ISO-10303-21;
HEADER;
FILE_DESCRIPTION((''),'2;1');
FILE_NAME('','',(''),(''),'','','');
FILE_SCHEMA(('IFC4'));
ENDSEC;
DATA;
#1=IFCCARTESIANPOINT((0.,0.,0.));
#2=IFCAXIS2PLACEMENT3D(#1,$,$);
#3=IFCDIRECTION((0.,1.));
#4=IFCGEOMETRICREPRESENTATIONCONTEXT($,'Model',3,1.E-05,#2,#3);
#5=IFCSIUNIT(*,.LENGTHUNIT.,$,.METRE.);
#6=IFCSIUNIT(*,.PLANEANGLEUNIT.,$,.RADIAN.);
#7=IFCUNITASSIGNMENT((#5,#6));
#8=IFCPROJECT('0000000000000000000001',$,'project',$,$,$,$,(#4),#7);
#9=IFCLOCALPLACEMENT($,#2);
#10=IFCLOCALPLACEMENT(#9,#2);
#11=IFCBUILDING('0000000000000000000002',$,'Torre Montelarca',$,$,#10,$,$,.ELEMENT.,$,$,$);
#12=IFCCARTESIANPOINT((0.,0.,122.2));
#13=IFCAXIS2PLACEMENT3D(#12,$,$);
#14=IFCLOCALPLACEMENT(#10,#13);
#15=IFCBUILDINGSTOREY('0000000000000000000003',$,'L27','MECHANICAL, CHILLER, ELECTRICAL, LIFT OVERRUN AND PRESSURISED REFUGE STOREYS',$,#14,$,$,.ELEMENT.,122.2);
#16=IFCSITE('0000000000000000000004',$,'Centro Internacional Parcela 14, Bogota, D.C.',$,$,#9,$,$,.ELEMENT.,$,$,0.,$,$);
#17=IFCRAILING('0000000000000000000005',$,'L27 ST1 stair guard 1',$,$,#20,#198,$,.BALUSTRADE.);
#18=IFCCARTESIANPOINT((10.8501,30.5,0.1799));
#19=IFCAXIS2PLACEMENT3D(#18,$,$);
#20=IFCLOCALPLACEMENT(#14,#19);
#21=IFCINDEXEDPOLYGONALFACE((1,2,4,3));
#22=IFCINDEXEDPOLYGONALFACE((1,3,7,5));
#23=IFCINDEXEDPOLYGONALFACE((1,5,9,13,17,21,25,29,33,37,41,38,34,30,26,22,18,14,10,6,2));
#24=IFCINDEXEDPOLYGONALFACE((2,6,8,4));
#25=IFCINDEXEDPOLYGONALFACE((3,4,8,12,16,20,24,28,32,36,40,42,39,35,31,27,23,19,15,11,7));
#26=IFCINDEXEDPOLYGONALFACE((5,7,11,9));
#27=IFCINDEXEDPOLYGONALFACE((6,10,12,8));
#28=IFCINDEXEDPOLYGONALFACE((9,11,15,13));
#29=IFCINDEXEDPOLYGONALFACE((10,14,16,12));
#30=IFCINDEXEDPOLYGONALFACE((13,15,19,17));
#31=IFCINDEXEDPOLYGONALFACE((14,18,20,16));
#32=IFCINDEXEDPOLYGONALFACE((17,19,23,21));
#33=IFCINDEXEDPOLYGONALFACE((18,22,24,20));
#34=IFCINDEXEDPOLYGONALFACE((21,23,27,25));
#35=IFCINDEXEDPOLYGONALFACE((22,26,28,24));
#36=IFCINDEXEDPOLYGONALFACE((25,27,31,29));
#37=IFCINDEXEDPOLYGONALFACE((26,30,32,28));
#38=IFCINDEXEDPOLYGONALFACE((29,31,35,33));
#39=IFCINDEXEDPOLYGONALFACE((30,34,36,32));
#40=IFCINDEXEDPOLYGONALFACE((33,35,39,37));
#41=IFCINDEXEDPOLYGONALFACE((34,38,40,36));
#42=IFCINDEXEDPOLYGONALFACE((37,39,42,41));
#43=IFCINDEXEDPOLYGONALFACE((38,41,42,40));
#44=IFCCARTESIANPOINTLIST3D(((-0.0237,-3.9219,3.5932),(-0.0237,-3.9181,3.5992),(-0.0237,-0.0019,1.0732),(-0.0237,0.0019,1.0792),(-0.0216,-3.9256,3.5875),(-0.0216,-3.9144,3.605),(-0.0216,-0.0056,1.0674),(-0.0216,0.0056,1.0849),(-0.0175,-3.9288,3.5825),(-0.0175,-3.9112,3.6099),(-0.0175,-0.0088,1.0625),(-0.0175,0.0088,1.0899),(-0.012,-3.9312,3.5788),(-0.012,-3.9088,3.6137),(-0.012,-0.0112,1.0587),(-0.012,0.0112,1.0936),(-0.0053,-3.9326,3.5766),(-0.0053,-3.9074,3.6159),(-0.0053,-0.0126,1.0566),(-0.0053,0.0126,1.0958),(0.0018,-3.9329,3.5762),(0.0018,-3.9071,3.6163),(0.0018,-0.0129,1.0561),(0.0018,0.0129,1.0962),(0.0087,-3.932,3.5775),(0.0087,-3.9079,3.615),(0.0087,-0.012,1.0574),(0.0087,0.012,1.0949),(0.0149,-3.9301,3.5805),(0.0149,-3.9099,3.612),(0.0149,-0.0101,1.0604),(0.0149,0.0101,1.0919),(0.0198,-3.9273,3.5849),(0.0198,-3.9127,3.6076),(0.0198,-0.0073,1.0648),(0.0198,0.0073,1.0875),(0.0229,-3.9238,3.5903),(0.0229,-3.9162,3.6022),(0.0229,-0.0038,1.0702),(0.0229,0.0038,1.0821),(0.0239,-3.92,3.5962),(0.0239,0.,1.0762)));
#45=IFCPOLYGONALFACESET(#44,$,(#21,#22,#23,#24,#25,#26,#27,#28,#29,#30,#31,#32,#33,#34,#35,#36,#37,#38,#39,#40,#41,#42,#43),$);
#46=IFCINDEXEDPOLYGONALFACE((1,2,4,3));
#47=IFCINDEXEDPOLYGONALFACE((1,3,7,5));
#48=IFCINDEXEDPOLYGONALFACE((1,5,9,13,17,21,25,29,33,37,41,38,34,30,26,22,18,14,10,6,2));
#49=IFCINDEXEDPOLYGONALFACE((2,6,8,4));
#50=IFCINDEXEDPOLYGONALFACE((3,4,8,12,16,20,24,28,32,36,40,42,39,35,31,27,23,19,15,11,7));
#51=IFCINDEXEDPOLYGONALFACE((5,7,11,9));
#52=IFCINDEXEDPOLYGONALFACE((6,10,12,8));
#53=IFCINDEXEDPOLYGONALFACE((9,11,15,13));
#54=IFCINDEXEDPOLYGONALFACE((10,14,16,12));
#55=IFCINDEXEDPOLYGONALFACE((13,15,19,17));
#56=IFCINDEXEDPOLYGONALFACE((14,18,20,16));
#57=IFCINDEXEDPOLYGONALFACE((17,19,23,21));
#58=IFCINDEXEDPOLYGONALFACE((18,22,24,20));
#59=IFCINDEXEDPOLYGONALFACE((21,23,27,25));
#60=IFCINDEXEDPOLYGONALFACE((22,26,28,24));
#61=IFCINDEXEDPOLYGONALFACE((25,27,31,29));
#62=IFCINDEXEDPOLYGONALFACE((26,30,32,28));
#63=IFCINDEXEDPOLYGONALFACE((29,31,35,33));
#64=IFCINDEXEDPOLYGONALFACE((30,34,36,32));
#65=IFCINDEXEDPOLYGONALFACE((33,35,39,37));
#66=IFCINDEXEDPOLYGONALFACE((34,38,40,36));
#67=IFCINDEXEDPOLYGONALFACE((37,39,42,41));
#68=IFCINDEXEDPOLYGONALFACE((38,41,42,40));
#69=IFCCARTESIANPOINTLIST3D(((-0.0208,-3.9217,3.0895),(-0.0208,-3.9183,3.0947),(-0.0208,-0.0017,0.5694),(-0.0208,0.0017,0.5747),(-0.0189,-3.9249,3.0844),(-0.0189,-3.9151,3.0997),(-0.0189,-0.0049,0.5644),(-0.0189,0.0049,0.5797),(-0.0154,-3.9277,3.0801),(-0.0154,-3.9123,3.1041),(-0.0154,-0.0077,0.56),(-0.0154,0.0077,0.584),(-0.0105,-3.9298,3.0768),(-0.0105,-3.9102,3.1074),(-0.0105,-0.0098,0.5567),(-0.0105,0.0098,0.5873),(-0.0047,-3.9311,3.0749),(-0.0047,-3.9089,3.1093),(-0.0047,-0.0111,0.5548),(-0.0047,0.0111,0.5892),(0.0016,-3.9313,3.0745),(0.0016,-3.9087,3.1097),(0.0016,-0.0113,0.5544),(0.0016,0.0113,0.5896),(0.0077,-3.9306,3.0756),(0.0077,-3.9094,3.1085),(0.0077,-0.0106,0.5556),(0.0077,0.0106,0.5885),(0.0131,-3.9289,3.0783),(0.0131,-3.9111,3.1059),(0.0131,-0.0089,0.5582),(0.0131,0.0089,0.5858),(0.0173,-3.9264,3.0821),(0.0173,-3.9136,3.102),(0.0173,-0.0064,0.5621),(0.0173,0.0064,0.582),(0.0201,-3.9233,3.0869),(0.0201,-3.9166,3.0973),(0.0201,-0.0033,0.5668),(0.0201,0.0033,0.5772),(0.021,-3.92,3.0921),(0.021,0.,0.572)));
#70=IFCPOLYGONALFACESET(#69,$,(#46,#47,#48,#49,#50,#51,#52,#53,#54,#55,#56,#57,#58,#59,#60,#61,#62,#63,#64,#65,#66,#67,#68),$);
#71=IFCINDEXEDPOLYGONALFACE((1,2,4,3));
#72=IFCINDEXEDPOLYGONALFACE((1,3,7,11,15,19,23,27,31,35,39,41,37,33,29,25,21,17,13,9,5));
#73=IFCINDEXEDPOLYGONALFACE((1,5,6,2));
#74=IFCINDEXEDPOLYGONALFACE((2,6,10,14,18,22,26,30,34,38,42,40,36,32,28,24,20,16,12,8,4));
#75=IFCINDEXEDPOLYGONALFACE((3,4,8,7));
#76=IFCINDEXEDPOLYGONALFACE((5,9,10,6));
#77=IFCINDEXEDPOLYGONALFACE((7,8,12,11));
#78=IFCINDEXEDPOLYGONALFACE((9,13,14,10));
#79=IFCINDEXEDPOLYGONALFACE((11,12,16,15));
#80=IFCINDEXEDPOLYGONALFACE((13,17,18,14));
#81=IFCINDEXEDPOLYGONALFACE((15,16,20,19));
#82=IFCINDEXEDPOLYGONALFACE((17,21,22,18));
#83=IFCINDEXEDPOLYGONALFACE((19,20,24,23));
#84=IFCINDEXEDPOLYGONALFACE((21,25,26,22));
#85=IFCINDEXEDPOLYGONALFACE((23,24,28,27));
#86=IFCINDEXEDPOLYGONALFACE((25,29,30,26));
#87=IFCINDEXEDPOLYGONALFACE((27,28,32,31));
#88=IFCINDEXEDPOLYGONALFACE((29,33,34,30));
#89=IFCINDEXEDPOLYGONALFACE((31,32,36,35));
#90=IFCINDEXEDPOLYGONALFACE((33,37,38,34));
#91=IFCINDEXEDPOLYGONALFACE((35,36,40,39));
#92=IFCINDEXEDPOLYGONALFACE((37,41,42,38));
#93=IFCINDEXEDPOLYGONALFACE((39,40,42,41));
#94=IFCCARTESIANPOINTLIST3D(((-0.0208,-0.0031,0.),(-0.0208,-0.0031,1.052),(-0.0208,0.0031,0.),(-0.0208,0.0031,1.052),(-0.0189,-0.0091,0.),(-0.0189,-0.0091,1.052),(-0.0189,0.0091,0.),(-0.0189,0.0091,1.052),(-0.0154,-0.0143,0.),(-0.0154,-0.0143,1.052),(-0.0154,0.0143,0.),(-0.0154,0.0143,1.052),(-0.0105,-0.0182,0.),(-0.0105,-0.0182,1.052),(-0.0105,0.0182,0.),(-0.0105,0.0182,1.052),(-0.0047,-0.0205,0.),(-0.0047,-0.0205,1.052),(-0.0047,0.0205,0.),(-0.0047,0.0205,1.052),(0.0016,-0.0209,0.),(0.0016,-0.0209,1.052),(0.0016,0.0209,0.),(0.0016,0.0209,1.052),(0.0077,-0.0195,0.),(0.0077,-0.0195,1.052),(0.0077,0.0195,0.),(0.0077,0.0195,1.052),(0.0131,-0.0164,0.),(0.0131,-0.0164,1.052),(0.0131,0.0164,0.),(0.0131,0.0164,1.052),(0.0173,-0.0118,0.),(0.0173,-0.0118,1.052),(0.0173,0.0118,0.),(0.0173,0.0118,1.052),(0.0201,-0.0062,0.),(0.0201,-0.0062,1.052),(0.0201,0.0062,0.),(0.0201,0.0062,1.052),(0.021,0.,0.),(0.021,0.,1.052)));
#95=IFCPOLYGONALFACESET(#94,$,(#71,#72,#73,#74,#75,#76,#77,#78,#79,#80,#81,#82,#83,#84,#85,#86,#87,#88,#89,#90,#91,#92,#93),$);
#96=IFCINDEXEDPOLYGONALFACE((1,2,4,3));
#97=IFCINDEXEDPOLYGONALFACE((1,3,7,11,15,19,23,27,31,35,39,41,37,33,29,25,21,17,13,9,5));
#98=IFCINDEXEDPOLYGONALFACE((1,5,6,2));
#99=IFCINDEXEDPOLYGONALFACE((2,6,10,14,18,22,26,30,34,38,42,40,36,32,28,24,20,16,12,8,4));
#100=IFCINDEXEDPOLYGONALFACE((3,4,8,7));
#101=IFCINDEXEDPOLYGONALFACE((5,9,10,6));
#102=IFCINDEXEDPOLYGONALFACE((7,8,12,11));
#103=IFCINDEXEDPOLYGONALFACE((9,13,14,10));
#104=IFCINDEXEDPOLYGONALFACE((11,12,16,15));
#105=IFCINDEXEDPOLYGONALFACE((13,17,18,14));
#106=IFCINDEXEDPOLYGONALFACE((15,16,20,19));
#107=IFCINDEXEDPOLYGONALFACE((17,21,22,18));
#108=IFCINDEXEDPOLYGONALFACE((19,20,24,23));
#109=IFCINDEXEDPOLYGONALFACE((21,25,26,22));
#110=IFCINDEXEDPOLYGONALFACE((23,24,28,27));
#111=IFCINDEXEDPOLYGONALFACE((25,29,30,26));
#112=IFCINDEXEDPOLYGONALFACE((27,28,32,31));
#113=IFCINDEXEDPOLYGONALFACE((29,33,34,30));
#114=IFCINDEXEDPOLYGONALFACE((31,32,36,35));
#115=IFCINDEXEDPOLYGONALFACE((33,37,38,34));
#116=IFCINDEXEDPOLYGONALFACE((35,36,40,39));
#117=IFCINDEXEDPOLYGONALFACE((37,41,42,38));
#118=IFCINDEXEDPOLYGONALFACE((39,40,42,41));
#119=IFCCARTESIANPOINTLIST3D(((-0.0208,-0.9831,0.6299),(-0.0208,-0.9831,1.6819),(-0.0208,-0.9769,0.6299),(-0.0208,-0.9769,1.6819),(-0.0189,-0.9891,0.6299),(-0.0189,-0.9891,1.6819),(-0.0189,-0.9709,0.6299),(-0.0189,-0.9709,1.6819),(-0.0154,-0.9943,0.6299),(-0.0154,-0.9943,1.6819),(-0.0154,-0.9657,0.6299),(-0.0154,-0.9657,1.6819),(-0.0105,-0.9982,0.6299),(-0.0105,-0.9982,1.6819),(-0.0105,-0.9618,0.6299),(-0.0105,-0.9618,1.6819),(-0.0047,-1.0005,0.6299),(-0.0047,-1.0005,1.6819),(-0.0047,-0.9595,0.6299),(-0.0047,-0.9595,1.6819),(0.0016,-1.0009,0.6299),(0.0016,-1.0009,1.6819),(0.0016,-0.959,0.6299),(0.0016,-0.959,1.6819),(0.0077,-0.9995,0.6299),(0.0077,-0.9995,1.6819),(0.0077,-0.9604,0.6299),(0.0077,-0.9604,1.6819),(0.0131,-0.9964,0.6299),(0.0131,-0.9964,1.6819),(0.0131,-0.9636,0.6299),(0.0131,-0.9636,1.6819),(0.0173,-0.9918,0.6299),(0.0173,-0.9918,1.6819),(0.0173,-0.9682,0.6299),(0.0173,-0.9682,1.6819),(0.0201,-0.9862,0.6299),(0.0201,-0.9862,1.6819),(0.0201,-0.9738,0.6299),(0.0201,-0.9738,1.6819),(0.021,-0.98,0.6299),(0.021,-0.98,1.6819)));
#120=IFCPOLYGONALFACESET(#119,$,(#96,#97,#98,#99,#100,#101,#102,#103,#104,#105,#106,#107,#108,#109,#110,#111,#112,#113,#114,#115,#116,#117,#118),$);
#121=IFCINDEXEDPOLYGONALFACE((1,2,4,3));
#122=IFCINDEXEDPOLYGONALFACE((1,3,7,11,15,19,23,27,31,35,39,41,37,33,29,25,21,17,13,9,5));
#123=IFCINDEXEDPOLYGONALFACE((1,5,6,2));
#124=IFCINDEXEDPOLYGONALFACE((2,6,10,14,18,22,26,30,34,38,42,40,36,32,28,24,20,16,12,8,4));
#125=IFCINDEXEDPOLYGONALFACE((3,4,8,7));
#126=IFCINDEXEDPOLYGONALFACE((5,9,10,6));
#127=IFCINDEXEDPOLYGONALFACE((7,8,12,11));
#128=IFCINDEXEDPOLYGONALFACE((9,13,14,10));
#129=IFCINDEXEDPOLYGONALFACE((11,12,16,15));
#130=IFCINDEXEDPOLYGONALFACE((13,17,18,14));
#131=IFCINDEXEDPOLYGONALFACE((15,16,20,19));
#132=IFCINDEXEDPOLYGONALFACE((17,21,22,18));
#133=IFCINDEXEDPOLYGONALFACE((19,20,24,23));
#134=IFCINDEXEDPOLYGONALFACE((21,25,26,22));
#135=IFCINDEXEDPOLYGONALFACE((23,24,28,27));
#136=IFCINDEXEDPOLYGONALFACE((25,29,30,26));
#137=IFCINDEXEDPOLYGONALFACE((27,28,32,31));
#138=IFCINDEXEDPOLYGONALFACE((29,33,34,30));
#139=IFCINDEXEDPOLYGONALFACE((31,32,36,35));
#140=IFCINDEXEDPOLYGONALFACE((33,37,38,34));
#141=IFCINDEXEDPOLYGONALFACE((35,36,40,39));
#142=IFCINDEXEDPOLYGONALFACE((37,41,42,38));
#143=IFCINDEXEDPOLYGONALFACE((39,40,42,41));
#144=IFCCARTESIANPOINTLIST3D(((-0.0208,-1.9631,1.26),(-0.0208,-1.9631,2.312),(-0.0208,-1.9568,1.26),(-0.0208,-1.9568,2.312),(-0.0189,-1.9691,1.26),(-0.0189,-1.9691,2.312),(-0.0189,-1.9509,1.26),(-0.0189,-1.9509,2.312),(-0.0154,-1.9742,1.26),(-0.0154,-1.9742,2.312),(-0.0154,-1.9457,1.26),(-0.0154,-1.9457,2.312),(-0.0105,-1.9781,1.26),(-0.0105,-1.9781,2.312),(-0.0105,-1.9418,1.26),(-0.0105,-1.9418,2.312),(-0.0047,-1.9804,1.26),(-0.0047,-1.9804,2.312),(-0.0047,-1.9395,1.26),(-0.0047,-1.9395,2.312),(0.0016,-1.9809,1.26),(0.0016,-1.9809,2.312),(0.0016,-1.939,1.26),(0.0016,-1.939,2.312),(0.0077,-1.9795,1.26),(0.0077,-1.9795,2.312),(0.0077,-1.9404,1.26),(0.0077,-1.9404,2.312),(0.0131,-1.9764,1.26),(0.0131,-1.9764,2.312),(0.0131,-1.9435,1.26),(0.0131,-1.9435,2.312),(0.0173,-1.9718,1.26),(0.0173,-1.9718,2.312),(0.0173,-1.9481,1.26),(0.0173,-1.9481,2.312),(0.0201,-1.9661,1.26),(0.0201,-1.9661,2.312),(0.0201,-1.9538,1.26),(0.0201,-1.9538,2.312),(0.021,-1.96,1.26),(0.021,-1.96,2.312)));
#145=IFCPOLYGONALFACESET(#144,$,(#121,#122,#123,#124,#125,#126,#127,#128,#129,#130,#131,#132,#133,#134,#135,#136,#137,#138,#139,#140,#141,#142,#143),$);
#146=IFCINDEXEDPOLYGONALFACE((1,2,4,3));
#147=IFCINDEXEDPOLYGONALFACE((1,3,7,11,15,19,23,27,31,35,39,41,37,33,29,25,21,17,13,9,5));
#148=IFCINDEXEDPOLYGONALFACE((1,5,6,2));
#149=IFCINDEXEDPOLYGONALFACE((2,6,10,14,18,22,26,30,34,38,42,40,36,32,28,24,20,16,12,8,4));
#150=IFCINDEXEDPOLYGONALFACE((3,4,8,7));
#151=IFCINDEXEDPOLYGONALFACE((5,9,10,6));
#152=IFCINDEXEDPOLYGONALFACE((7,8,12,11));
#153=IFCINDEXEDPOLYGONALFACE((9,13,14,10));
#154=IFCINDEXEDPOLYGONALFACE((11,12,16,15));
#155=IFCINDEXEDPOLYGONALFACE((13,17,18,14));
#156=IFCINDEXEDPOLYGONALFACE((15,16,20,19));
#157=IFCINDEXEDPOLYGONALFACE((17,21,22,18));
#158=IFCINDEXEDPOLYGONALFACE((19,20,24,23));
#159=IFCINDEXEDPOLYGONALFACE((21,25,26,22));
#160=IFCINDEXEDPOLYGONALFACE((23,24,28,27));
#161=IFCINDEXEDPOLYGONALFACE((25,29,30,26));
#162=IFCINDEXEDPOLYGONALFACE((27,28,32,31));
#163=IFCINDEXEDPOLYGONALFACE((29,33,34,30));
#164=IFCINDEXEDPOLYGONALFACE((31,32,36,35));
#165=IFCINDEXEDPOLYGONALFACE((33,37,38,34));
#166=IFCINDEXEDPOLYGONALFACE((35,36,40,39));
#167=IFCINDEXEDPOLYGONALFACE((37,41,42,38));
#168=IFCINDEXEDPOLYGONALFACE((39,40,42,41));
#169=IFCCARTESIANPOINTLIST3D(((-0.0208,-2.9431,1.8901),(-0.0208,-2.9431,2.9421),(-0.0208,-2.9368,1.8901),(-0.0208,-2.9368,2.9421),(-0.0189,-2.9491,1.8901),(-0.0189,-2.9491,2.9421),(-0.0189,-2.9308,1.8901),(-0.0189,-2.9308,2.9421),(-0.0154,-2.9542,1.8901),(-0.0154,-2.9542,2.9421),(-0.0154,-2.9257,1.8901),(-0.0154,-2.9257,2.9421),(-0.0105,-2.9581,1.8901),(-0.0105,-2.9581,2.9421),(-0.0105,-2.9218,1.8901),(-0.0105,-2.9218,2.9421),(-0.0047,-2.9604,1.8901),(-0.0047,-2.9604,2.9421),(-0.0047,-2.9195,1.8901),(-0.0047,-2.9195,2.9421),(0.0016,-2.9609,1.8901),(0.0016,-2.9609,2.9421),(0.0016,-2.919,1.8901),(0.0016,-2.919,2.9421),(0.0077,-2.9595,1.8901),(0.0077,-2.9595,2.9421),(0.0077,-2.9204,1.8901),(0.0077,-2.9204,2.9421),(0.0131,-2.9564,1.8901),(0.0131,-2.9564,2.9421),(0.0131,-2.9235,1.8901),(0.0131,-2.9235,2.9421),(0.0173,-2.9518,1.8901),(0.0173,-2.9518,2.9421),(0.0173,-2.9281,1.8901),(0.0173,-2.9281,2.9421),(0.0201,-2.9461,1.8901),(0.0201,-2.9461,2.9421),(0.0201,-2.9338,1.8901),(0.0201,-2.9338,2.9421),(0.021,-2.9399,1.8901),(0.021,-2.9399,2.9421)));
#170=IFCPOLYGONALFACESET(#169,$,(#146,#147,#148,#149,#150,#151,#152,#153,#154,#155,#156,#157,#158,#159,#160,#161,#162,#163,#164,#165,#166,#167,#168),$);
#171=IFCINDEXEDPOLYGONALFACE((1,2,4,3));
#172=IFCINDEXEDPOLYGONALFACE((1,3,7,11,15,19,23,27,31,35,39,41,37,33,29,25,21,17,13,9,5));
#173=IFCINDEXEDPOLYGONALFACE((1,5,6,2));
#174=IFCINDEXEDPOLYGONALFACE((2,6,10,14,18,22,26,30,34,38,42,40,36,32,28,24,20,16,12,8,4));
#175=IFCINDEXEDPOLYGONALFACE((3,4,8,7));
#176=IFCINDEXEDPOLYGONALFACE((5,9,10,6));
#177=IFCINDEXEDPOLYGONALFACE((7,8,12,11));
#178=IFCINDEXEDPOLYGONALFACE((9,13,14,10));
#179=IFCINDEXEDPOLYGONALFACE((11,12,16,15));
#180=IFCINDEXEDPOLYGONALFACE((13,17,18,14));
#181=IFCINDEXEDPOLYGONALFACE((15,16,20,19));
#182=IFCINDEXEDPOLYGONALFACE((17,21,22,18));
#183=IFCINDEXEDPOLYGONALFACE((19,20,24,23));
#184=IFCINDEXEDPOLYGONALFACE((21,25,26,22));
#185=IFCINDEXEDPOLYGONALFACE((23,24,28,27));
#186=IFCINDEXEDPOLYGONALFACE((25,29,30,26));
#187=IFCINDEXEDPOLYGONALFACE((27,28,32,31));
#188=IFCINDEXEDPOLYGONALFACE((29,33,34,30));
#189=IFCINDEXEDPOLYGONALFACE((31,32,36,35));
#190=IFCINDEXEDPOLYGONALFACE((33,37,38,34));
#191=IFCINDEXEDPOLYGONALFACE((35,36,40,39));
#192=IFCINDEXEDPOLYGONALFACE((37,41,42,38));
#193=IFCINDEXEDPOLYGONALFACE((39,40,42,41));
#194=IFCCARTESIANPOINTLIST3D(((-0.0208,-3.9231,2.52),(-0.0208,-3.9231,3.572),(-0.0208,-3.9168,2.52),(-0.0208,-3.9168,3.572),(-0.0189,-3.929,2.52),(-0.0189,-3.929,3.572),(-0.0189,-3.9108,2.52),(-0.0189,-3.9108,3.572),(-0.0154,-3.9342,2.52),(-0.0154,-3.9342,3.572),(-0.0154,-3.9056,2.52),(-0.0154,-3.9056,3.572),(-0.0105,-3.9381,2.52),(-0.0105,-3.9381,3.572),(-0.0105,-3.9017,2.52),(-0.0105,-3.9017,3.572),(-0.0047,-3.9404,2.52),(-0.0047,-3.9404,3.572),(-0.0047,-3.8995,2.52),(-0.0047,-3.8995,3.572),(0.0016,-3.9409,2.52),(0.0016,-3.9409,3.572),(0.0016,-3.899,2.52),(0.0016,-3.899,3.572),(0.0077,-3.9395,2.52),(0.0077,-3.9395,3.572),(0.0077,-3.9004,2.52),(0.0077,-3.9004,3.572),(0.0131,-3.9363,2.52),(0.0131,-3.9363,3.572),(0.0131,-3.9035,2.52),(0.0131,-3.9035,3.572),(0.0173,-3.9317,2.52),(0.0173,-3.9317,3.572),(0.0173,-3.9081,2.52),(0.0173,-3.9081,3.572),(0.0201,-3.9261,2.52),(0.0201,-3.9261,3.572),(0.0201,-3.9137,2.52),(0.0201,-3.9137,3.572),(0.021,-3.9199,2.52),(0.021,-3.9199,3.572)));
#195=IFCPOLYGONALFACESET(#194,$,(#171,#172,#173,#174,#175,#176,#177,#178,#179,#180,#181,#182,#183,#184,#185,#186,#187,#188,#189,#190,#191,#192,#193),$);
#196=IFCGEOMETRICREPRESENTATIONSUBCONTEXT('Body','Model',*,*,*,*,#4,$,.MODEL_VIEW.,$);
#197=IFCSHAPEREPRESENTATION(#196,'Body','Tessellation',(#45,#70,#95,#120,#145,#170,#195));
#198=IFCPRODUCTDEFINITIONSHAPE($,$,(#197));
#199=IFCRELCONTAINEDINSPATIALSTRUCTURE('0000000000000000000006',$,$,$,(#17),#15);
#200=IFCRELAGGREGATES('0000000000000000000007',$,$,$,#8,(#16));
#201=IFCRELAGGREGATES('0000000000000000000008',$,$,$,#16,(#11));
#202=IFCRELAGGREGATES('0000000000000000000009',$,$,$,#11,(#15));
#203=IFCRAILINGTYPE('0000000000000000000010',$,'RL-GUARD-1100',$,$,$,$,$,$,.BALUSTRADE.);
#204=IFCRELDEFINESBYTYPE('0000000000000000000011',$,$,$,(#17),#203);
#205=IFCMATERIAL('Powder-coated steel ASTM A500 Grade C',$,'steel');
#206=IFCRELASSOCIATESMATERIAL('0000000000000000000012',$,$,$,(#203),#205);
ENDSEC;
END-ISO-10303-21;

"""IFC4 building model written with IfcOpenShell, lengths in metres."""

from ifc_helpers import new_model, si_unit, direction, frame, origin, origin_2d, place, context, subcontext, project, spatial, circle, extrude, material, type_object, element, save


model = new_model("IFC4")

# Units and contexts
model_context = context("Model", 3, precision=1e-05, world=origin(), true_north=direction((0.0, 1.0)))
body_context = subcontext(model_context, "Body", "Model", "MODEL_VIEW")
ifc_project = project(units=[si_unit("LENGTHUNIT", "METRE"), si_unit("PLANEANGLEUNIT", "RADIAN")], contexts=[model_context])

# Site, building, storey
site_placement = place(None, origin())
site = spatial("IfcSite", under=ifc_project, at=site_placement, Name="Centro Internacional Parcela 14, Bogota, D.C.", CompositionType="ELEMENT", RefElevation=0.0)
building_placement = place(site_placement, origin())
building = spatial("IfcBuilding", under=site, at=building_placement, Name="Torre Montelarca", CompositionType="ELEMENT")
storey_placement = place(building_placement, frame((0.0, 0.0, 122.2)))
storey = spatial("IfcBuildingStorey", under=building, at=storey_placement, Name="L27", Description="MECHANICAL, CHILLER, ELECTRICAL, LIFT OVERRUN AND PRESSURISED REFUGE STOREYS", CompositionType="ELEMENT", Elevation=122.2)

# Railing
ifc_material_1 = material(Name="Powder-coated steel ASTM A500 Grade C", Category="steel")
railing_type_1 = type_object("IfcRailingType", Name="RL-GUARD-1100", PredefinedType="BALUSTRADE", material=ifc_material_1)
railing_1_placement = place(storey_placement, frame((10.8501, 30.5, 0.1799)))
element("IfcRailing", 1, at=railing_1_placement, inside=storey, type_object=railing_type_1, Name="L27 ST1 stair guard 1", PredefinedType="BALUSTRADE", context=body_context, shape_type="SweptSolid", body=[
    extrude(circle(Radius=0.0239, at=origin_2d()), frame((0.0, 0.0, 1.0762), z_axis=(0.0, -0.841172, 0.540768), x_axis=(1.0, 0.0, 0.0)), (0.0, 0.0, 1.0), 4.6602),
    extrude(circle(Radius=0.021, at=origin_2d()), frame((0.0, 0.0, 0.572), z_axis=(0.0, -0.841172, 0.540768), x_axis=(1.0, 0.0, 0.0)), (0.0, 0.0, 1.0), 4.6602),
    extrude(circle(Radius=0.021, at=origin_2d()), origin(), (0.0, 0.0, 1.0), 1.052),
    extrude(circle(Radius=0.021, at=origin_2d()), frame((0.0, -0.98, 0.6299)), (0.0, 0.0, 1.0), 1.052),
    extrude(circle(Radius=0.021, at=origin_2d()), frame((0.0, -1.96, 1.26)), (0.0, 0.0, 1.0), 1.052),
    extrude(circle(Radius=0.021, at=origin_2d()), frame((0.0, -2.9399, 1.8901)), (0.0, 0.0, 1.0), 1.052),
    extrude(circle(Radius=0.021, at=origin_2d()), frame((0.0, -3.9199, 2.52)), (0.0, 0.0, 1.0), 1.052),
])

save(model, "model.ifc")
